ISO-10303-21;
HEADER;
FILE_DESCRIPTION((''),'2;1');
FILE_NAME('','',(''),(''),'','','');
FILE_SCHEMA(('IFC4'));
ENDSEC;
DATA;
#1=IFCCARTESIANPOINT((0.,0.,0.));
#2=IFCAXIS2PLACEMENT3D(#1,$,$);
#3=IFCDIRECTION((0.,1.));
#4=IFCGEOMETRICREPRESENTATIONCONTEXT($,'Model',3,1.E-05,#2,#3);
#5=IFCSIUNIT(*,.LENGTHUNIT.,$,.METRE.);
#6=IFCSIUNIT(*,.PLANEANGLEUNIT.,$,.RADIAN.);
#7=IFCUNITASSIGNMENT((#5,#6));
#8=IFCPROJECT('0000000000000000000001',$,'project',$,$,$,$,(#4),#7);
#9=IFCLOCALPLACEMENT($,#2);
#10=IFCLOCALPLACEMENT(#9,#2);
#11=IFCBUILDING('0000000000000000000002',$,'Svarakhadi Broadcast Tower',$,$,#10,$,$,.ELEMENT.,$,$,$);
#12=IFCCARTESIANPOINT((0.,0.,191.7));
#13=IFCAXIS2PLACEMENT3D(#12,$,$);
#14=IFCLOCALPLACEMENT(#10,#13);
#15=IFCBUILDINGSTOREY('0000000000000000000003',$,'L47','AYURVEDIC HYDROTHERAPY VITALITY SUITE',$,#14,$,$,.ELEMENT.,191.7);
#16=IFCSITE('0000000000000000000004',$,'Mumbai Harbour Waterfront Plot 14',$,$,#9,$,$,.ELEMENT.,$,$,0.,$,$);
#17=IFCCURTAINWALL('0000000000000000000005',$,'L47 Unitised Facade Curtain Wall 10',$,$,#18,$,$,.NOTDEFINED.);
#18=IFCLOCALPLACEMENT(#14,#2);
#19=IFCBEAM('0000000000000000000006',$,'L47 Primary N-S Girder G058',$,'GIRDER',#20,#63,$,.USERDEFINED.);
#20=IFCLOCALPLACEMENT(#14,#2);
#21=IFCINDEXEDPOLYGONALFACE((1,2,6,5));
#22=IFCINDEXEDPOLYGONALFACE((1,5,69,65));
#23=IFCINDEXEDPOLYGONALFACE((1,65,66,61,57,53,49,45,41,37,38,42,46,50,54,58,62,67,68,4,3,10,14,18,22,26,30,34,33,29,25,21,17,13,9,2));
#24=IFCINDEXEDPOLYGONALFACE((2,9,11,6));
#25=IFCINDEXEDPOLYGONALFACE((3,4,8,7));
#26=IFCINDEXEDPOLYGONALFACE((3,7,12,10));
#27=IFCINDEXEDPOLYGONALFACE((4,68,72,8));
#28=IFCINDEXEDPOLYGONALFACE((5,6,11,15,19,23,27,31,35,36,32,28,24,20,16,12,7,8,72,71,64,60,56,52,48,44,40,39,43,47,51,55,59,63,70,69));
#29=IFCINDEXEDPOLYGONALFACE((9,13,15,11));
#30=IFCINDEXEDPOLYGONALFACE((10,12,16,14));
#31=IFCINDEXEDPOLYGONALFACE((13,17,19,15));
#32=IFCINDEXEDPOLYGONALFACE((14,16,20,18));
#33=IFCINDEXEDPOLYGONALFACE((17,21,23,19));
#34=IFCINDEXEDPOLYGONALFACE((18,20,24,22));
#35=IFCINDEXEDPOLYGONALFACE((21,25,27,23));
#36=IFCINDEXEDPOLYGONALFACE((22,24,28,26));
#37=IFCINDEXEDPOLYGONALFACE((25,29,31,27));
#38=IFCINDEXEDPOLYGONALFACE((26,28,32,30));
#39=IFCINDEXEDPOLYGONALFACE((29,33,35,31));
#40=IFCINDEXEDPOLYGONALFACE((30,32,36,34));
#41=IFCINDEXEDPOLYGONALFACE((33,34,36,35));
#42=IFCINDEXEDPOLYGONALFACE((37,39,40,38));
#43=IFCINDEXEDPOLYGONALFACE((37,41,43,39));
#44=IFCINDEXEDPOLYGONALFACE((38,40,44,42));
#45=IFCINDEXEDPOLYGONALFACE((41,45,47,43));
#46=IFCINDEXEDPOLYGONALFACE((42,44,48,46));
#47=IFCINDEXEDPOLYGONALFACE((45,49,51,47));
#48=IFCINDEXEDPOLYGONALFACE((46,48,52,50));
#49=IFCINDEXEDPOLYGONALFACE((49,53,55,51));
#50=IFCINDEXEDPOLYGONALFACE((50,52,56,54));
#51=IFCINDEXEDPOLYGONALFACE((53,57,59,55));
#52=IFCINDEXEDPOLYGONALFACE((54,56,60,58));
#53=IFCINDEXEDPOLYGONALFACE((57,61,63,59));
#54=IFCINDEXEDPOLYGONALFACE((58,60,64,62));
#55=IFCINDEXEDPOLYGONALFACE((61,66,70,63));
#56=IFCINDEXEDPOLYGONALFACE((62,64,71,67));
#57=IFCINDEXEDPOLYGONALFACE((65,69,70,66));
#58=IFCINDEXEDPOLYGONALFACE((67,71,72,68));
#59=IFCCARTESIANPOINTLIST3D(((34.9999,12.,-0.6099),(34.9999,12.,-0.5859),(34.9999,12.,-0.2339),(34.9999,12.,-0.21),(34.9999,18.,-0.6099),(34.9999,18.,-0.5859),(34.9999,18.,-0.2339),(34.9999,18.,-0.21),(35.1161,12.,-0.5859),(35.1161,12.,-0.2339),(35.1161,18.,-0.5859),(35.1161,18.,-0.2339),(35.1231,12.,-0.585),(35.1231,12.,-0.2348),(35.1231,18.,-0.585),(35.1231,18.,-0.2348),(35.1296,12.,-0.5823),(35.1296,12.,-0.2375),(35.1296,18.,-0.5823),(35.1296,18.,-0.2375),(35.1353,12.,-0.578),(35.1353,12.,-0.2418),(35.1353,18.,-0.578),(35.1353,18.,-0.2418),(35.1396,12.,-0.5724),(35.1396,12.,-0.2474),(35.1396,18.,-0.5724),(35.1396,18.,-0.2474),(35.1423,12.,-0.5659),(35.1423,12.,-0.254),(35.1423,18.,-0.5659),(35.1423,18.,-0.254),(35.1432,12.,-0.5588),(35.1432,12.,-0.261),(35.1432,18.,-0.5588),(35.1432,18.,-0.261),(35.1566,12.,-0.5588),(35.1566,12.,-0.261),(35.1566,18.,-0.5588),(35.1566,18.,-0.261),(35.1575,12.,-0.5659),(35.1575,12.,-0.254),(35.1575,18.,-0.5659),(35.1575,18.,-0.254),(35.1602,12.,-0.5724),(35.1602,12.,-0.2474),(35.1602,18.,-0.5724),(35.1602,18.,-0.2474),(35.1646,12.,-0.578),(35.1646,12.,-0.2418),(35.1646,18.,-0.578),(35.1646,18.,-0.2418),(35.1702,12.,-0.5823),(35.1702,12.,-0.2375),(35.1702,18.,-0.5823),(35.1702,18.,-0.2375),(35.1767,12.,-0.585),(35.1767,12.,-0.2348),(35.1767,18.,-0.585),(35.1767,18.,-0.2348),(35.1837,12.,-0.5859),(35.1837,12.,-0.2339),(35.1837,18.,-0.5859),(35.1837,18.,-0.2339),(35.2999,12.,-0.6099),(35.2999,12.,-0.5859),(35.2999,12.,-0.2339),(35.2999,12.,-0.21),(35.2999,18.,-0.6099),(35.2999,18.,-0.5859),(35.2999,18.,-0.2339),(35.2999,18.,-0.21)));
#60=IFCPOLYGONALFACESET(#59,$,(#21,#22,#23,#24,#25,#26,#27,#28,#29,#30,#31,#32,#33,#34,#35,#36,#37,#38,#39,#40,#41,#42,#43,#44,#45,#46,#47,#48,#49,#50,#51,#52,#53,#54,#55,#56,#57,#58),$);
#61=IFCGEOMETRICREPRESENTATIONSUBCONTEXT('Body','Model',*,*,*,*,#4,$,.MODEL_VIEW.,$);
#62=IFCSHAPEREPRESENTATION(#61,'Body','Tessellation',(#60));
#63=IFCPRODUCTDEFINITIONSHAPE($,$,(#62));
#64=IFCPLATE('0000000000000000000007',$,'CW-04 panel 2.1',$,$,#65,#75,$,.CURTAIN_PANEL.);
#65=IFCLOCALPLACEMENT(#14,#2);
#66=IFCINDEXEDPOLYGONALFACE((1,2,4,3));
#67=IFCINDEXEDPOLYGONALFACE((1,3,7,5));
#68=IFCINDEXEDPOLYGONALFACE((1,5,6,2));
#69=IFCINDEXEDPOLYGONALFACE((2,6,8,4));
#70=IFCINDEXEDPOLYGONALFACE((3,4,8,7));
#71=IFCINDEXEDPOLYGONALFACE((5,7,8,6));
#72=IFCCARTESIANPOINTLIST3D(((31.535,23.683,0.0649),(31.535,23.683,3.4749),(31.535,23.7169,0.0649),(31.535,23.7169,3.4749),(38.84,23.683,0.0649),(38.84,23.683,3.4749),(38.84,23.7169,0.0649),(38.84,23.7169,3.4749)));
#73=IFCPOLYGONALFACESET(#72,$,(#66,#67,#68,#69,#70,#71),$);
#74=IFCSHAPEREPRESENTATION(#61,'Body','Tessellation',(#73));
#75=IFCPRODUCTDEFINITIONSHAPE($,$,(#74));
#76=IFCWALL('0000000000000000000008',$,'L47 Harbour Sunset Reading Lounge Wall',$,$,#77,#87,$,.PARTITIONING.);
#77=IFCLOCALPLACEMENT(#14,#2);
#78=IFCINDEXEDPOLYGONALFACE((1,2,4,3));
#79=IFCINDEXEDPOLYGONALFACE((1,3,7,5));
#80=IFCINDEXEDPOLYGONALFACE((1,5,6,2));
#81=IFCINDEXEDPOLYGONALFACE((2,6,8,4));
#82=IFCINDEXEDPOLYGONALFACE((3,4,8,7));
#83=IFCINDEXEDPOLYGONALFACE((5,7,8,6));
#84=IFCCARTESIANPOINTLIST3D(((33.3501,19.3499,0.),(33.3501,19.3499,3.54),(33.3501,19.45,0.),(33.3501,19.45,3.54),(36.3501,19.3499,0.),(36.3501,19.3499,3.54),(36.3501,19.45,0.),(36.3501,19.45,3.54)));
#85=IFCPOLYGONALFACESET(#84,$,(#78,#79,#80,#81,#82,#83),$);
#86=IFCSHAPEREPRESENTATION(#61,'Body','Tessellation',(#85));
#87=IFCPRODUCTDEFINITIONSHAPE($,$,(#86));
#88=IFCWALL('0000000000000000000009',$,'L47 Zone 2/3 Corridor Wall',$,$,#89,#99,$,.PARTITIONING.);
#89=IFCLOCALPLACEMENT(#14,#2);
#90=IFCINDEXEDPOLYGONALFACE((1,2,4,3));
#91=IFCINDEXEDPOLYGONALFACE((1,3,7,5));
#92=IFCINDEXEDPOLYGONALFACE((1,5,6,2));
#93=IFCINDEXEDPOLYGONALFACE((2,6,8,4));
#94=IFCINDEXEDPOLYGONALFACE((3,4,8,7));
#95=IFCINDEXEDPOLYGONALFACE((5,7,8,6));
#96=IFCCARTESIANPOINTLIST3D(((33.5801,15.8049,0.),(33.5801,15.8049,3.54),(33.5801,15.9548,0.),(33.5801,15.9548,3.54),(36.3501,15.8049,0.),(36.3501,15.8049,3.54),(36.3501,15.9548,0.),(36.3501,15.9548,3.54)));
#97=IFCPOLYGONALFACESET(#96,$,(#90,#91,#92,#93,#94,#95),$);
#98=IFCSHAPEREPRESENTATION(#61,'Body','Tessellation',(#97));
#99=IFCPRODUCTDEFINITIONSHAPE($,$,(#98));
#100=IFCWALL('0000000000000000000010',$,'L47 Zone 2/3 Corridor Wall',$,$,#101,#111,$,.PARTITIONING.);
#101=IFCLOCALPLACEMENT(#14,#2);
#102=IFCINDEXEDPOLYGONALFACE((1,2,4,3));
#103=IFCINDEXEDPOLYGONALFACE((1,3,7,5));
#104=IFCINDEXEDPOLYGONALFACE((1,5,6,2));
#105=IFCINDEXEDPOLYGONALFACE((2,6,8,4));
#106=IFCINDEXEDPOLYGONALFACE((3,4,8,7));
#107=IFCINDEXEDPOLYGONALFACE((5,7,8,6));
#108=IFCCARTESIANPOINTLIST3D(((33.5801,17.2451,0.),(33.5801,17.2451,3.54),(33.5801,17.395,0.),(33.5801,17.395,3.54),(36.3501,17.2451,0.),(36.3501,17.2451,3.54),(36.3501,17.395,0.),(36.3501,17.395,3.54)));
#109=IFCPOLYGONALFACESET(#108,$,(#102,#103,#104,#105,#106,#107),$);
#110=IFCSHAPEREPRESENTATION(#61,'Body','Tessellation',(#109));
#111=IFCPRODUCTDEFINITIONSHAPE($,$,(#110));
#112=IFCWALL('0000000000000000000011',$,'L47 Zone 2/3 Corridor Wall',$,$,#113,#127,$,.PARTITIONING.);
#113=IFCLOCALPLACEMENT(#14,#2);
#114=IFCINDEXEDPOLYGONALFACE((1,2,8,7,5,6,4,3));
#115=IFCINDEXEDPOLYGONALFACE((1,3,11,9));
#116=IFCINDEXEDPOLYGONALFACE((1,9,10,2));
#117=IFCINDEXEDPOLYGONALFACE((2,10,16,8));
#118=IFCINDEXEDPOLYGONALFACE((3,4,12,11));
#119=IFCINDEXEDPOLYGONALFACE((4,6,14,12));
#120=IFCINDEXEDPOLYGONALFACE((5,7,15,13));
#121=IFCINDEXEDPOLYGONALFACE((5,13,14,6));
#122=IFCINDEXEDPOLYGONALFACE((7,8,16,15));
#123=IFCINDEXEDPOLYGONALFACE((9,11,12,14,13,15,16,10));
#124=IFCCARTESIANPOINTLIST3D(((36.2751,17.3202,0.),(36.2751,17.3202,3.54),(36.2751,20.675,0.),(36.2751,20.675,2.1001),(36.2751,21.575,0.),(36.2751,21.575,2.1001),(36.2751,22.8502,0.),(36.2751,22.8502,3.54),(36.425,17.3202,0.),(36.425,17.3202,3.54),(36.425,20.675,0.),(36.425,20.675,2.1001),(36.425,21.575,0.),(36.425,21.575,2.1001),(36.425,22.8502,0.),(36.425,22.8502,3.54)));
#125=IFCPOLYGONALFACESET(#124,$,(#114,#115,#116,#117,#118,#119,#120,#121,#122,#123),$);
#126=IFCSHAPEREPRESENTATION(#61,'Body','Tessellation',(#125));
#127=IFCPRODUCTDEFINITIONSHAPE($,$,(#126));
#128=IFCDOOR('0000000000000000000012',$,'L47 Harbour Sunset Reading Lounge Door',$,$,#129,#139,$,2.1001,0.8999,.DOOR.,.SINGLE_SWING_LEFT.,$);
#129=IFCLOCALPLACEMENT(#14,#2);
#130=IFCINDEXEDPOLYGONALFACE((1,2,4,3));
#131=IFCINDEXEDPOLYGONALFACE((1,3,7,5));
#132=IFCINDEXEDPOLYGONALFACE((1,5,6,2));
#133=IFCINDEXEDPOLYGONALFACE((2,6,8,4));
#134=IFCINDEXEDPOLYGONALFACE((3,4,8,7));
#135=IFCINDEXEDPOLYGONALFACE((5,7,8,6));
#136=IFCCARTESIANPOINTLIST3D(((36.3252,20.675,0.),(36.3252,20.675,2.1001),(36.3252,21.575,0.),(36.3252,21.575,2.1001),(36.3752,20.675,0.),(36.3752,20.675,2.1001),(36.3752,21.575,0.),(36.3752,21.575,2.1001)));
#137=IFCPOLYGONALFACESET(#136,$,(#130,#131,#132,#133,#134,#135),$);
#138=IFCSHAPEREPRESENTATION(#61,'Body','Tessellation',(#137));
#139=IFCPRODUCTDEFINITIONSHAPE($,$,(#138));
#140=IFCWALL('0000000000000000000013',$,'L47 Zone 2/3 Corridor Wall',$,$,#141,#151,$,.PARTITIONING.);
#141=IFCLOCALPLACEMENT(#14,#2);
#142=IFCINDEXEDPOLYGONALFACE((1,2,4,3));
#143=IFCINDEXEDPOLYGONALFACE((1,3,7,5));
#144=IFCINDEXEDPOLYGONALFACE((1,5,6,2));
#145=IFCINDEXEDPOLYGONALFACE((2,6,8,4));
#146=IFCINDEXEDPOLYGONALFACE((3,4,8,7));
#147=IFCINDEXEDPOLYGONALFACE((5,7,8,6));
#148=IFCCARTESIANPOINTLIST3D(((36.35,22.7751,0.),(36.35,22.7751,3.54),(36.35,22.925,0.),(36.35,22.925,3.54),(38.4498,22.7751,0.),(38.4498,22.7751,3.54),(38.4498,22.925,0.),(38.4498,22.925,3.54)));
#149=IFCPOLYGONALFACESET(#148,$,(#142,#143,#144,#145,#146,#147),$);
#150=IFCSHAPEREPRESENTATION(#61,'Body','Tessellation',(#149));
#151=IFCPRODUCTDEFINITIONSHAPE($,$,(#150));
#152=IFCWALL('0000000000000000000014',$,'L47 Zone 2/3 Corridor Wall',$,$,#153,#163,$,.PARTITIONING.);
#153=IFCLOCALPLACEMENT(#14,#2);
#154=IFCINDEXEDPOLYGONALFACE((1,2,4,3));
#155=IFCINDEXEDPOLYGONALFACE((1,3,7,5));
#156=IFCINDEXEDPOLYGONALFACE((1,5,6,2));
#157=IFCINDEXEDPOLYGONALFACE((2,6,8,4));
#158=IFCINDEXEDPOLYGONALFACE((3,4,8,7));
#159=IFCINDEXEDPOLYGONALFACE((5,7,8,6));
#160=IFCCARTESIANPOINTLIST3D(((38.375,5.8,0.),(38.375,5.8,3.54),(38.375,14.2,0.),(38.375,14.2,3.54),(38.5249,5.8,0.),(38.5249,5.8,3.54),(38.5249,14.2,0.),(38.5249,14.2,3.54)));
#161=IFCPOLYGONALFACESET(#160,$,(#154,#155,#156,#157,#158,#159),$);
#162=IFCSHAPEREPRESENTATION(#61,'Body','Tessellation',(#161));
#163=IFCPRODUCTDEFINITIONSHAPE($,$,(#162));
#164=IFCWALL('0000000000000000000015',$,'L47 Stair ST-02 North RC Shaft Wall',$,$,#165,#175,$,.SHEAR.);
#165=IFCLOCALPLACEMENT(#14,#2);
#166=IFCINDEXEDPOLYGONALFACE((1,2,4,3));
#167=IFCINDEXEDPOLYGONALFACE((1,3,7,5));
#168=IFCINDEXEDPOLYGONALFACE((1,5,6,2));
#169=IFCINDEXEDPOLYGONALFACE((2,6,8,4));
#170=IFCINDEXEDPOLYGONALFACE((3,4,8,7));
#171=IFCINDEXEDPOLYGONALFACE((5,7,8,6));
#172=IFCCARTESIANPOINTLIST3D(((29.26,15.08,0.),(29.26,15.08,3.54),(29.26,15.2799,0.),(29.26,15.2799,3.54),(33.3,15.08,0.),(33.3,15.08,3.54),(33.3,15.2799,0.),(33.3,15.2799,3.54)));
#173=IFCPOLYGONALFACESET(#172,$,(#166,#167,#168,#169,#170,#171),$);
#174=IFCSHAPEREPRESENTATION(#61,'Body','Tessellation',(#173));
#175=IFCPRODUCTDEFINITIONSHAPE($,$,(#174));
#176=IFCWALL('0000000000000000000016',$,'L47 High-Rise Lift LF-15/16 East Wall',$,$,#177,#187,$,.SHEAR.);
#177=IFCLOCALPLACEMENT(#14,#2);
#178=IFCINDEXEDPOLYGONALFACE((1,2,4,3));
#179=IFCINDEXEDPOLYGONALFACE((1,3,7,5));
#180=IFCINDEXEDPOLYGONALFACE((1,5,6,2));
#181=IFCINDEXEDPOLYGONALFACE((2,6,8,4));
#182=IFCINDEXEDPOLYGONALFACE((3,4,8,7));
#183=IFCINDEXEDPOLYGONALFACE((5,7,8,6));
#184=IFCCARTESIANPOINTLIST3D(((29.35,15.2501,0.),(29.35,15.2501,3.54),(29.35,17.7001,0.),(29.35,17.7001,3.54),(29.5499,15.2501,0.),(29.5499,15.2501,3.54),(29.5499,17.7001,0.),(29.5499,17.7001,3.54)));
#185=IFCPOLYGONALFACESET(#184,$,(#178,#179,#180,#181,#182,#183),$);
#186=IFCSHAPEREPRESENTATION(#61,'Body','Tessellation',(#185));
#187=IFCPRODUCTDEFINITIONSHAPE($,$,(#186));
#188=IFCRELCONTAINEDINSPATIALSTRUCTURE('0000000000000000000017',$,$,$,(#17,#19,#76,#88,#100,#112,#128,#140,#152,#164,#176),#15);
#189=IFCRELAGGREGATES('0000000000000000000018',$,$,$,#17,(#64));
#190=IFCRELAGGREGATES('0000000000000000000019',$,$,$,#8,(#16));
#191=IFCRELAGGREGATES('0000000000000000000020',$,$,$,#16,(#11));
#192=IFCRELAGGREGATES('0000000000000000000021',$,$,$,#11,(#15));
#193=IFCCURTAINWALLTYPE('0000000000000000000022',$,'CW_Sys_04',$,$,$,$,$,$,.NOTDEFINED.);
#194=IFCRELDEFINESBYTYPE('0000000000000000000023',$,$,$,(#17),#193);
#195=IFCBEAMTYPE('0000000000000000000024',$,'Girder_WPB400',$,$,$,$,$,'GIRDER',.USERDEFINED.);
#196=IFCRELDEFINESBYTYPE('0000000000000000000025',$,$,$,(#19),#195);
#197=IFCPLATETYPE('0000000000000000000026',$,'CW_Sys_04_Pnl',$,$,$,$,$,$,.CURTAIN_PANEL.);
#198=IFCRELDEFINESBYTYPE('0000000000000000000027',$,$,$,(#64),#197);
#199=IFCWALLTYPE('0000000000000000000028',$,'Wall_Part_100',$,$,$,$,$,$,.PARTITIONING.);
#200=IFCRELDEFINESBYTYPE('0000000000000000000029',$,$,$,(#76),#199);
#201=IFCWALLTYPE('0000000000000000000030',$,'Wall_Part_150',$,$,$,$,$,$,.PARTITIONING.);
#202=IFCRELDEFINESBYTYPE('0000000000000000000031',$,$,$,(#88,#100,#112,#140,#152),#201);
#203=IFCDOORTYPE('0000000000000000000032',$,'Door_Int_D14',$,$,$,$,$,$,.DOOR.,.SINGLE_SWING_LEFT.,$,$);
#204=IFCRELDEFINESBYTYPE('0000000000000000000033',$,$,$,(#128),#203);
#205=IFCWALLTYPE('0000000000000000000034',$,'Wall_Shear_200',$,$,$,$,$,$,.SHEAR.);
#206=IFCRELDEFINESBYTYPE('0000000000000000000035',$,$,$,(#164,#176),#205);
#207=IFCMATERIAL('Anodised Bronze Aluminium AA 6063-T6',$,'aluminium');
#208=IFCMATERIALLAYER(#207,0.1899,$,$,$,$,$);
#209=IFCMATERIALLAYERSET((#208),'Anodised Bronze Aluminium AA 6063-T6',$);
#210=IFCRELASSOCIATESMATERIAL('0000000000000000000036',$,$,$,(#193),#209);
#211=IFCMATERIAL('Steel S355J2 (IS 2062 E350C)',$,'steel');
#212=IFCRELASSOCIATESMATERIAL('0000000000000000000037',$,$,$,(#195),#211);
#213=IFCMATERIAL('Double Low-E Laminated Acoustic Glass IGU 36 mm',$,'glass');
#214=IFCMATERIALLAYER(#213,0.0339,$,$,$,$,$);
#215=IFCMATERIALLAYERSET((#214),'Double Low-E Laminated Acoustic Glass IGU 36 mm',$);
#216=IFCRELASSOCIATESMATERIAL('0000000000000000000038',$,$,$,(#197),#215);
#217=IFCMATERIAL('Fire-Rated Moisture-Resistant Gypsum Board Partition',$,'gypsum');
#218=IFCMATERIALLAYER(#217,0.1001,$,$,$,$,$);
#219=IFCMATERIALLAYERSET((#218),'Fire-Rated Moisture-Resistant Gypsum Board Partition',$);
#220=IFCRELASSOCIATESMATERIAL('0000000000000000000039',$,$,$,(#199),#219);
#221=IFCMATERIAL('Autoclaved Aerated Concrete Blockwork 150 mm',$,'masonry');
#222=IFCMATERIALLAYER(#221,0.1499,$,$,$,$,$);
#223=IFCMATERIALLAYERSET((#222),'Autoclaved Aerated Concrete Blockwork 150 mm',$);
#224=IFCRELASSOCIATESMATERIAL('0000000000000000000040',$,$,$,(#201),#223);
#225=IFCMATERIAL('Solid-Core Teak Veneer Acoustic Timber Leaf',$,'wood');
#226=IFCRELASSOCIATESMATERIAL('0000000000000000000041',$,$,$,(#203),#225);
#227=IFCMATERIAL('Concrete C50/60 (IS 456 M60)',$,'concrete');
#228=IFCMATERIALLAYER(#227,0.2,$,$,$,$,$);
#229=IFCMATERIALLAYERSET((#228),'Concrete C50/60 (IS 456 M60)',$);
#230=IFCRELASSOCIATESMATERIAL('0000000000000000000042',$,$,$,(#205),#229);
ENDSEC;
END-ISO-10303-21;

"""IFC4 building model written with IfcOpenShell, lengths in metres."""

from ifc_helpers import new_model, si_unit, direction, frame, frame_2d, origin, origin_2d, place, context, subcontext, project, spatial, rectangle, i_section, extrude, material, layer, layer_set, material_profile, profile_set, type_object, element, fill, aggregate, save


model = new_model("IFC4")

# Units and contexts
model_context = context("Model", 3, precision=1e-05, world=origin(), true_north=direction((0.0, 1.0)))
body_context = subcontext(model_context, "Body", "Model", "MODEL_VIEW")
ifc_project = project(units=[si_unit("LENGTHUNIT", "METRE"), si_unit("PLANEANGLEUNIT", "RADIAN")], contexts=[model_context])

# Site, building, storey
site_placement = place(None, origin())
site = spatial("IfcSite", under=ifc_project, at=site_placement, Name="Mumbai Harbour Waterfront Plot 14", CompositionType="ELEMENT", RefElevation=0.0)
building_placement = place(site_placement, origin())
building = spatial("IfcBuilding", under=site, at=building_placement, Name="Svarakhadi Broadcast Tower", CompositionType="ELEMENT")
storey_placement = place(building_placement, frame((0.0, 0.0, 191.7)))
storey = spatial("IfcBuildingStorey", under=building, at=storey_placement, Name="L47", Description="AYURVEDIC HYDROTHERAPY VITALITY SUITE", CompositionType="ELEMENT", Elevation=191.7)

# Shared definitions
ifc_material_1 = material(Name="Concrete C50/60 (IS 456 M60)", Category="concrete")

# Shared definitions
ifc_material_2 = material(Name="Steel S355J2 (IS 2062 E350C)", Category="steel")

# Curtain wall
ifc_material_3 = material(Name="Anodised Bronze Aluminium AA 6063-T6", Category="aluminium")
ifc_layer_1 = layer(ifc_material_3, 0.1899)
ifc_layer_set_1 = layer_set([ifc_layer_1], Name="Anodised Bronze Aluminium AA 6063-T6")
curtain_wall_type = type_object("IfcCurtainWallType", Name="CW_Sys_04", PredefinedType="NOTDEFINED", material=ifc_layer_set_1)
curtain_wall_placement = place(storey_placement, origin())
curtain_wall = element("IfcCurtainWall", 1, at=curtain_wall_placement, inside=storey, type_object=curtain_wall_type, Name="L47 Unitised Facade Curtain Wall 10", PredefinedType="NOTDEFINED")

# Beam
ifc_material_profile_1 = material_profile(ifc_material_2, i_section(OverallWidth=0.3, OverallDepth=0.3999, WebThickness=0.0134, FlangeThickness=0.0239, FilletRadius=0.0271, at=origin_2d()), Name="WPB 400x300x155")
ifc_profile_set_1 = profile_set([ifc_material_profile_1], Name="Steel S355J2 (IS 2062 E350C)")
beam_type_1 = type_object("IfcBeamType", Name="Girder_WPB400", ElementType="GIRDER", PredefinedType="USERDEFINED", material=ifc_profile_set_1)
beam_1_placement = place(storey_placement, frame((35.1499, 12.0, -0.4099), z_axis=(0.0, 1.0, 0.0), x_axis=(-1.0, 0.0, 0.0)))
element("IfcBeam", 2, at=beam_1_placement, inside=storey, type_object=beam_type_1, Name="L47 Primary N-S Girder G058", ObjectType="GIRDER", PredefinedType="USERDEFINED", context=body_context, shape_type="SweptSolid", body=[
    extrude(i_section(OverallWidth=0.3, OverallDepth=0.3999, WebThickness=0.0134, FlangeThickness=0.0239, FilletRadius=0.0271, at=origin_2d()), origin(), (0.0, 0.0, 1.0), 6.0),
])

# Plate
ifc_material_4 = material(Name="Double Low-E Laminated Acoustic Glass IGU 36 mm", Category="glass")
ifc_layer_2 = layer(ifc_material_4, 0.0339)
ifc_layer_set_2 = layer_set([ifc_layer_2], Name="Double Low-E Laminated Acoustic Glass IGU 36 mm")
plate_type = type_object("IfcPlateType", Name="CW_Sys_04_Pnl", PredefinedType="CURTAIN_PANEL", material=ifc_layer_set_2)
plate_placement = place(storey_placement, frame((35.1875, 23.7, 0.0649), z_axis=(0.0, 0.0, 1.0), x_axis=(1.0, 0.0, 0.0)))
plate = element("IfcPlate", 3, at=plate_placement, type_object=plate_type, Name="CW-04 panel 2.1", PredefinedType="CURTAIN_PANEL", context=body_context, shape_type="SweptSolid", body=[
    extrude(rectangle(XDim=7.3049, YDim=0.0339, at=origin_2d()), origin(), (0.0, 0.0, 1.0), 3.4099),
])
aggregate(curtain_wall, [plate])

# Wall
ifc_material_5 = material(Name="Fire-Rated Moisture-Resistant Gypsum Board Partition", Category="gypsum")
ifc_layer_3 = layer(ifc_material_5, 0.1001)
ifc_layer_set_3 = layer_set([ifc_layer_3], Name="Fire-Rated Moisture-Resistant Gypsum Board Partition")
wall_type_1 = type_object("IfcWallType", Name="Wall_Part_100", PredefinedType="PARTITIONING", material=ifc_layer_set_3)
wall_1_placement = place(storey_placement, frame((33.3501, 19.3999, 0.0), z_axis=(0.0, 0.0, 1.0), x_axis=(1.0, 0.0, 0.0)))
element("IfcWall", 4, at=wall_1_placement, inside=storey, type_object=wall_type_1, Name="L47 Harbour Sunset Reading Lounge Wall", PredefinedType="PARTITIONING", context=body_context, shape_type="SweptSolid", body=[
    extrude(rectangle(XDim=3.0, YDim=0.1001, at=frame_2d((1.5, 0.0))), origin(), (0.0, 0.0, 1.0), 3.54),
])

# Shared definitions
ifc_material_6 = material(Name="Autoclaved Aerated Concrete Blockwork 150 mm", Category="masonry")
ifc_layer_4 = layer(ifc_material_6, 0.1499)
ifc_layer_set_4 = layer_set([ifc_layer_4], Name="Autoclaved Aerated Concrete Blockwork 150 mm")
wall_type_2 = type_object("IfcWallType", Name="Wall_Part_150", PredefinedType="PARTITIONING", material=ifc_layer_set_4)

# Walls
for number, where, z_axis, x_axis, name in (
    (5, (36.3501, 15.8799, 0.0), (0.0, 0.0, 1.0), (-1.0, 0.0, 0.0), "L47 Zone 2/3 Corridor Wall"),
    (6, (33.5801, 17.3201, 0.0), (0.0, 0.0, 1.0), (1.0, 0.0, 0.0), "L47 Zone 2/3 Corridor Wall"),
):
    element("IfcWall", number, at=place(storey_placement, frame(where, z_axis=z_axis, x_axis=x_axis)), inside=storey, type_object=wall_type_2, Name=name, PredefinedType="PARTITIONING", context=body_context, shape_type="SweptSolid", body=[
        extrude(rectangle(XDim=2.77, YDim=0.1499, at=frame_2d((1.385, 0.0))), origin(), (0.0, 0.0, 1.0), 3.54),
    ])

# Wall, opening, door
wall_2_placement = place(storey_placement, frame((36.3501, 17.3201, 0.0), z_axis=(0.0, 0.0, 1.0), x_axis=(0.0, 1.0, 0.0)))
wall_2 = element("IfcWall", 7, at=wall_2_placement, inside=storey, type_object=wall_type_2, Name="L47 Zone 2/3 Corridor Wall", PredefinedType="PARTITIONING", context=body_context, shape_type="SweptSolid", body=[
    extrude(rectangle(XDim=5.53, YDim=0.1499, at=frame_2d((2.7651, 0.0))), origin(), (0.0, 0.0, 1.0), 3.54),
])
opening_1_placement = place(wall_2_placement, frame((3.355, 0.0, 0.0)))
opening_1 = element("IfcOpeningElement", 8, at=opening_1_placement, cuts=wall_2, PredefinedType="OPENING", context=body_context, shape_type="SweptSolid", body=[
    extrude(rectangle(XDim=0.8999, YDim=2.1001, at=frame_2d((0.45, 1.05))), frame((0.0, 0.085, 0.0), z_axis=(0.0, -1.0, 0.0), x_axis=(1.0, 0.0, 0.0)), (0.0, 0.0, 1.0), 0.1699),
])
ifc_material_7 = material(Name="Solid-Core Teak Veneer Acoustic Timber Leaf", Category="wood")
door_type_1 = type_object("IfcDoorType", Name="Door_Int_D14", OperationType="SINGLE_SWING_LEFT", PredefinedType="DOOR", material=ifc_material_7)
door_1_placement = place(opening_1_placement, origin())
door_1 = element("IfcDoor", 9, at=door_1_placement, inside=storey, type_object=door_type_1, Name="L47 Harbour Sunset Reading Lounge Door", OperationType="SINGLE_SWING_LEFT", OverallHeight=2.1001, OverallWidth=0.8999, PredefinedType="DOOR", context=body_context, shape_type="SweptSolid", body=[
    extrude(rectangle(XDim=0.8999, YDim=2.1001, at=frame_2d((0.45, 1.05))), frame((0.0, 0.0249, 0.0), z_axis=(0.0, -1.0, 0.0), x_axis=(1.0, 0.0, 0.0)), (0.0, 0.0, 1.0), 0.05),
])
fill(opening_1, door_1)

# Walls
wall_3_placement = place(storey_placement, frame((36.3501, 22.8501, 0.0), z_axis=(0.0, 0.0, 1.0), x_axis=(1.0, 0.0, 0.0)))
element("IfcWall", 10, at=wall_3_placement, inside=storey, type_object=wall_type_2, Name="L47 Zone 2/3 Corridor Wall", PredefinedType="PARTITIONING", context=body_context, shape_type="SweptSolid", body=[
    extrude(rectangle(XDim=2.0999, YDim=0.1499, at=frame_2d((1.0498, 0.0))), origin(), (0.0, 0.0, 1.0), 3.54),
])
wall_4_placement = place(storey_placement, frame((38.45, 14.2, 0.0), z_axis=(0.0, 0.0, 1.0), x_axis=(0.0, -1.0, 0.0)))
element("IfcWall", 11, at=wall_4_placement, inside=storey, type_object=wall_type_2, Name="L47 Zone 2/3 Corridor Wall", PredefinedType="PARTITIONING", context=body_context, shape_type="SweptSolid", body=[
    extrude(rectangle(XDim=8.3999, YDim=0.1499, at=frame_2d((4.2, 0.0))), origin(), (0.0, 0.0, 1.0), 3.54),
])
ifc_layer_5 = layer(ifc_material_1, 0.2)
ifc_layer_set_5 = layer_set([ifc_layer_5], Name="Concrete C50/60 (IS 456 M60)")
wall_type_3 = type_object("IfcWallType", Name="Wall_Shear_200", PredefinedType="SHEAR", material=ifc_layer_set_5)
wall_5_placement = place(storey_placement, frame((29.26, 15.1799, 0.0), z_axis=(0.0, 0.0, 1.0), x_axis=(1.0, 0.0, 0.0)))
element("IfcWall", 12, at=wall_5_placement, inside=storey, type_object=wall_type_3, Name="L47 Stair ST-02 North RC Shaft Wall", PredefinedType="SHEAR", context=body_context, shape_type="SweptSolid", body=[
    extrude(rectangle(XDim=4.04, YDim=0.2, at=frame_2d((2.02, 0.0))), origin(), (0.0, 0.0, 1.0), 3.54),
])
wall_6_placement = place(storey_placement, frame((29.45, 15.25, 0.0), z_axis=(0.0, 0.0, 1.0), x_axis=(0.0, 1.0, 0.0)))
element("IfcWall", 13, at=wall_6_placement, inside=storey, type_object=wall_type_3, Name="L47 High-Rise Lift LF-15/16 East Wall", PredefinedType="SHEAR", context=body_context, shape_type="SweptSolid", body=[
    extrude(rectangle(XDim=2.45, YDim=0.2, at=frame_2d((1.2251, 0.0))), origin(), (0.0, 0.0, 1.0), 3.54),
])

save(model, "model.ifc")
